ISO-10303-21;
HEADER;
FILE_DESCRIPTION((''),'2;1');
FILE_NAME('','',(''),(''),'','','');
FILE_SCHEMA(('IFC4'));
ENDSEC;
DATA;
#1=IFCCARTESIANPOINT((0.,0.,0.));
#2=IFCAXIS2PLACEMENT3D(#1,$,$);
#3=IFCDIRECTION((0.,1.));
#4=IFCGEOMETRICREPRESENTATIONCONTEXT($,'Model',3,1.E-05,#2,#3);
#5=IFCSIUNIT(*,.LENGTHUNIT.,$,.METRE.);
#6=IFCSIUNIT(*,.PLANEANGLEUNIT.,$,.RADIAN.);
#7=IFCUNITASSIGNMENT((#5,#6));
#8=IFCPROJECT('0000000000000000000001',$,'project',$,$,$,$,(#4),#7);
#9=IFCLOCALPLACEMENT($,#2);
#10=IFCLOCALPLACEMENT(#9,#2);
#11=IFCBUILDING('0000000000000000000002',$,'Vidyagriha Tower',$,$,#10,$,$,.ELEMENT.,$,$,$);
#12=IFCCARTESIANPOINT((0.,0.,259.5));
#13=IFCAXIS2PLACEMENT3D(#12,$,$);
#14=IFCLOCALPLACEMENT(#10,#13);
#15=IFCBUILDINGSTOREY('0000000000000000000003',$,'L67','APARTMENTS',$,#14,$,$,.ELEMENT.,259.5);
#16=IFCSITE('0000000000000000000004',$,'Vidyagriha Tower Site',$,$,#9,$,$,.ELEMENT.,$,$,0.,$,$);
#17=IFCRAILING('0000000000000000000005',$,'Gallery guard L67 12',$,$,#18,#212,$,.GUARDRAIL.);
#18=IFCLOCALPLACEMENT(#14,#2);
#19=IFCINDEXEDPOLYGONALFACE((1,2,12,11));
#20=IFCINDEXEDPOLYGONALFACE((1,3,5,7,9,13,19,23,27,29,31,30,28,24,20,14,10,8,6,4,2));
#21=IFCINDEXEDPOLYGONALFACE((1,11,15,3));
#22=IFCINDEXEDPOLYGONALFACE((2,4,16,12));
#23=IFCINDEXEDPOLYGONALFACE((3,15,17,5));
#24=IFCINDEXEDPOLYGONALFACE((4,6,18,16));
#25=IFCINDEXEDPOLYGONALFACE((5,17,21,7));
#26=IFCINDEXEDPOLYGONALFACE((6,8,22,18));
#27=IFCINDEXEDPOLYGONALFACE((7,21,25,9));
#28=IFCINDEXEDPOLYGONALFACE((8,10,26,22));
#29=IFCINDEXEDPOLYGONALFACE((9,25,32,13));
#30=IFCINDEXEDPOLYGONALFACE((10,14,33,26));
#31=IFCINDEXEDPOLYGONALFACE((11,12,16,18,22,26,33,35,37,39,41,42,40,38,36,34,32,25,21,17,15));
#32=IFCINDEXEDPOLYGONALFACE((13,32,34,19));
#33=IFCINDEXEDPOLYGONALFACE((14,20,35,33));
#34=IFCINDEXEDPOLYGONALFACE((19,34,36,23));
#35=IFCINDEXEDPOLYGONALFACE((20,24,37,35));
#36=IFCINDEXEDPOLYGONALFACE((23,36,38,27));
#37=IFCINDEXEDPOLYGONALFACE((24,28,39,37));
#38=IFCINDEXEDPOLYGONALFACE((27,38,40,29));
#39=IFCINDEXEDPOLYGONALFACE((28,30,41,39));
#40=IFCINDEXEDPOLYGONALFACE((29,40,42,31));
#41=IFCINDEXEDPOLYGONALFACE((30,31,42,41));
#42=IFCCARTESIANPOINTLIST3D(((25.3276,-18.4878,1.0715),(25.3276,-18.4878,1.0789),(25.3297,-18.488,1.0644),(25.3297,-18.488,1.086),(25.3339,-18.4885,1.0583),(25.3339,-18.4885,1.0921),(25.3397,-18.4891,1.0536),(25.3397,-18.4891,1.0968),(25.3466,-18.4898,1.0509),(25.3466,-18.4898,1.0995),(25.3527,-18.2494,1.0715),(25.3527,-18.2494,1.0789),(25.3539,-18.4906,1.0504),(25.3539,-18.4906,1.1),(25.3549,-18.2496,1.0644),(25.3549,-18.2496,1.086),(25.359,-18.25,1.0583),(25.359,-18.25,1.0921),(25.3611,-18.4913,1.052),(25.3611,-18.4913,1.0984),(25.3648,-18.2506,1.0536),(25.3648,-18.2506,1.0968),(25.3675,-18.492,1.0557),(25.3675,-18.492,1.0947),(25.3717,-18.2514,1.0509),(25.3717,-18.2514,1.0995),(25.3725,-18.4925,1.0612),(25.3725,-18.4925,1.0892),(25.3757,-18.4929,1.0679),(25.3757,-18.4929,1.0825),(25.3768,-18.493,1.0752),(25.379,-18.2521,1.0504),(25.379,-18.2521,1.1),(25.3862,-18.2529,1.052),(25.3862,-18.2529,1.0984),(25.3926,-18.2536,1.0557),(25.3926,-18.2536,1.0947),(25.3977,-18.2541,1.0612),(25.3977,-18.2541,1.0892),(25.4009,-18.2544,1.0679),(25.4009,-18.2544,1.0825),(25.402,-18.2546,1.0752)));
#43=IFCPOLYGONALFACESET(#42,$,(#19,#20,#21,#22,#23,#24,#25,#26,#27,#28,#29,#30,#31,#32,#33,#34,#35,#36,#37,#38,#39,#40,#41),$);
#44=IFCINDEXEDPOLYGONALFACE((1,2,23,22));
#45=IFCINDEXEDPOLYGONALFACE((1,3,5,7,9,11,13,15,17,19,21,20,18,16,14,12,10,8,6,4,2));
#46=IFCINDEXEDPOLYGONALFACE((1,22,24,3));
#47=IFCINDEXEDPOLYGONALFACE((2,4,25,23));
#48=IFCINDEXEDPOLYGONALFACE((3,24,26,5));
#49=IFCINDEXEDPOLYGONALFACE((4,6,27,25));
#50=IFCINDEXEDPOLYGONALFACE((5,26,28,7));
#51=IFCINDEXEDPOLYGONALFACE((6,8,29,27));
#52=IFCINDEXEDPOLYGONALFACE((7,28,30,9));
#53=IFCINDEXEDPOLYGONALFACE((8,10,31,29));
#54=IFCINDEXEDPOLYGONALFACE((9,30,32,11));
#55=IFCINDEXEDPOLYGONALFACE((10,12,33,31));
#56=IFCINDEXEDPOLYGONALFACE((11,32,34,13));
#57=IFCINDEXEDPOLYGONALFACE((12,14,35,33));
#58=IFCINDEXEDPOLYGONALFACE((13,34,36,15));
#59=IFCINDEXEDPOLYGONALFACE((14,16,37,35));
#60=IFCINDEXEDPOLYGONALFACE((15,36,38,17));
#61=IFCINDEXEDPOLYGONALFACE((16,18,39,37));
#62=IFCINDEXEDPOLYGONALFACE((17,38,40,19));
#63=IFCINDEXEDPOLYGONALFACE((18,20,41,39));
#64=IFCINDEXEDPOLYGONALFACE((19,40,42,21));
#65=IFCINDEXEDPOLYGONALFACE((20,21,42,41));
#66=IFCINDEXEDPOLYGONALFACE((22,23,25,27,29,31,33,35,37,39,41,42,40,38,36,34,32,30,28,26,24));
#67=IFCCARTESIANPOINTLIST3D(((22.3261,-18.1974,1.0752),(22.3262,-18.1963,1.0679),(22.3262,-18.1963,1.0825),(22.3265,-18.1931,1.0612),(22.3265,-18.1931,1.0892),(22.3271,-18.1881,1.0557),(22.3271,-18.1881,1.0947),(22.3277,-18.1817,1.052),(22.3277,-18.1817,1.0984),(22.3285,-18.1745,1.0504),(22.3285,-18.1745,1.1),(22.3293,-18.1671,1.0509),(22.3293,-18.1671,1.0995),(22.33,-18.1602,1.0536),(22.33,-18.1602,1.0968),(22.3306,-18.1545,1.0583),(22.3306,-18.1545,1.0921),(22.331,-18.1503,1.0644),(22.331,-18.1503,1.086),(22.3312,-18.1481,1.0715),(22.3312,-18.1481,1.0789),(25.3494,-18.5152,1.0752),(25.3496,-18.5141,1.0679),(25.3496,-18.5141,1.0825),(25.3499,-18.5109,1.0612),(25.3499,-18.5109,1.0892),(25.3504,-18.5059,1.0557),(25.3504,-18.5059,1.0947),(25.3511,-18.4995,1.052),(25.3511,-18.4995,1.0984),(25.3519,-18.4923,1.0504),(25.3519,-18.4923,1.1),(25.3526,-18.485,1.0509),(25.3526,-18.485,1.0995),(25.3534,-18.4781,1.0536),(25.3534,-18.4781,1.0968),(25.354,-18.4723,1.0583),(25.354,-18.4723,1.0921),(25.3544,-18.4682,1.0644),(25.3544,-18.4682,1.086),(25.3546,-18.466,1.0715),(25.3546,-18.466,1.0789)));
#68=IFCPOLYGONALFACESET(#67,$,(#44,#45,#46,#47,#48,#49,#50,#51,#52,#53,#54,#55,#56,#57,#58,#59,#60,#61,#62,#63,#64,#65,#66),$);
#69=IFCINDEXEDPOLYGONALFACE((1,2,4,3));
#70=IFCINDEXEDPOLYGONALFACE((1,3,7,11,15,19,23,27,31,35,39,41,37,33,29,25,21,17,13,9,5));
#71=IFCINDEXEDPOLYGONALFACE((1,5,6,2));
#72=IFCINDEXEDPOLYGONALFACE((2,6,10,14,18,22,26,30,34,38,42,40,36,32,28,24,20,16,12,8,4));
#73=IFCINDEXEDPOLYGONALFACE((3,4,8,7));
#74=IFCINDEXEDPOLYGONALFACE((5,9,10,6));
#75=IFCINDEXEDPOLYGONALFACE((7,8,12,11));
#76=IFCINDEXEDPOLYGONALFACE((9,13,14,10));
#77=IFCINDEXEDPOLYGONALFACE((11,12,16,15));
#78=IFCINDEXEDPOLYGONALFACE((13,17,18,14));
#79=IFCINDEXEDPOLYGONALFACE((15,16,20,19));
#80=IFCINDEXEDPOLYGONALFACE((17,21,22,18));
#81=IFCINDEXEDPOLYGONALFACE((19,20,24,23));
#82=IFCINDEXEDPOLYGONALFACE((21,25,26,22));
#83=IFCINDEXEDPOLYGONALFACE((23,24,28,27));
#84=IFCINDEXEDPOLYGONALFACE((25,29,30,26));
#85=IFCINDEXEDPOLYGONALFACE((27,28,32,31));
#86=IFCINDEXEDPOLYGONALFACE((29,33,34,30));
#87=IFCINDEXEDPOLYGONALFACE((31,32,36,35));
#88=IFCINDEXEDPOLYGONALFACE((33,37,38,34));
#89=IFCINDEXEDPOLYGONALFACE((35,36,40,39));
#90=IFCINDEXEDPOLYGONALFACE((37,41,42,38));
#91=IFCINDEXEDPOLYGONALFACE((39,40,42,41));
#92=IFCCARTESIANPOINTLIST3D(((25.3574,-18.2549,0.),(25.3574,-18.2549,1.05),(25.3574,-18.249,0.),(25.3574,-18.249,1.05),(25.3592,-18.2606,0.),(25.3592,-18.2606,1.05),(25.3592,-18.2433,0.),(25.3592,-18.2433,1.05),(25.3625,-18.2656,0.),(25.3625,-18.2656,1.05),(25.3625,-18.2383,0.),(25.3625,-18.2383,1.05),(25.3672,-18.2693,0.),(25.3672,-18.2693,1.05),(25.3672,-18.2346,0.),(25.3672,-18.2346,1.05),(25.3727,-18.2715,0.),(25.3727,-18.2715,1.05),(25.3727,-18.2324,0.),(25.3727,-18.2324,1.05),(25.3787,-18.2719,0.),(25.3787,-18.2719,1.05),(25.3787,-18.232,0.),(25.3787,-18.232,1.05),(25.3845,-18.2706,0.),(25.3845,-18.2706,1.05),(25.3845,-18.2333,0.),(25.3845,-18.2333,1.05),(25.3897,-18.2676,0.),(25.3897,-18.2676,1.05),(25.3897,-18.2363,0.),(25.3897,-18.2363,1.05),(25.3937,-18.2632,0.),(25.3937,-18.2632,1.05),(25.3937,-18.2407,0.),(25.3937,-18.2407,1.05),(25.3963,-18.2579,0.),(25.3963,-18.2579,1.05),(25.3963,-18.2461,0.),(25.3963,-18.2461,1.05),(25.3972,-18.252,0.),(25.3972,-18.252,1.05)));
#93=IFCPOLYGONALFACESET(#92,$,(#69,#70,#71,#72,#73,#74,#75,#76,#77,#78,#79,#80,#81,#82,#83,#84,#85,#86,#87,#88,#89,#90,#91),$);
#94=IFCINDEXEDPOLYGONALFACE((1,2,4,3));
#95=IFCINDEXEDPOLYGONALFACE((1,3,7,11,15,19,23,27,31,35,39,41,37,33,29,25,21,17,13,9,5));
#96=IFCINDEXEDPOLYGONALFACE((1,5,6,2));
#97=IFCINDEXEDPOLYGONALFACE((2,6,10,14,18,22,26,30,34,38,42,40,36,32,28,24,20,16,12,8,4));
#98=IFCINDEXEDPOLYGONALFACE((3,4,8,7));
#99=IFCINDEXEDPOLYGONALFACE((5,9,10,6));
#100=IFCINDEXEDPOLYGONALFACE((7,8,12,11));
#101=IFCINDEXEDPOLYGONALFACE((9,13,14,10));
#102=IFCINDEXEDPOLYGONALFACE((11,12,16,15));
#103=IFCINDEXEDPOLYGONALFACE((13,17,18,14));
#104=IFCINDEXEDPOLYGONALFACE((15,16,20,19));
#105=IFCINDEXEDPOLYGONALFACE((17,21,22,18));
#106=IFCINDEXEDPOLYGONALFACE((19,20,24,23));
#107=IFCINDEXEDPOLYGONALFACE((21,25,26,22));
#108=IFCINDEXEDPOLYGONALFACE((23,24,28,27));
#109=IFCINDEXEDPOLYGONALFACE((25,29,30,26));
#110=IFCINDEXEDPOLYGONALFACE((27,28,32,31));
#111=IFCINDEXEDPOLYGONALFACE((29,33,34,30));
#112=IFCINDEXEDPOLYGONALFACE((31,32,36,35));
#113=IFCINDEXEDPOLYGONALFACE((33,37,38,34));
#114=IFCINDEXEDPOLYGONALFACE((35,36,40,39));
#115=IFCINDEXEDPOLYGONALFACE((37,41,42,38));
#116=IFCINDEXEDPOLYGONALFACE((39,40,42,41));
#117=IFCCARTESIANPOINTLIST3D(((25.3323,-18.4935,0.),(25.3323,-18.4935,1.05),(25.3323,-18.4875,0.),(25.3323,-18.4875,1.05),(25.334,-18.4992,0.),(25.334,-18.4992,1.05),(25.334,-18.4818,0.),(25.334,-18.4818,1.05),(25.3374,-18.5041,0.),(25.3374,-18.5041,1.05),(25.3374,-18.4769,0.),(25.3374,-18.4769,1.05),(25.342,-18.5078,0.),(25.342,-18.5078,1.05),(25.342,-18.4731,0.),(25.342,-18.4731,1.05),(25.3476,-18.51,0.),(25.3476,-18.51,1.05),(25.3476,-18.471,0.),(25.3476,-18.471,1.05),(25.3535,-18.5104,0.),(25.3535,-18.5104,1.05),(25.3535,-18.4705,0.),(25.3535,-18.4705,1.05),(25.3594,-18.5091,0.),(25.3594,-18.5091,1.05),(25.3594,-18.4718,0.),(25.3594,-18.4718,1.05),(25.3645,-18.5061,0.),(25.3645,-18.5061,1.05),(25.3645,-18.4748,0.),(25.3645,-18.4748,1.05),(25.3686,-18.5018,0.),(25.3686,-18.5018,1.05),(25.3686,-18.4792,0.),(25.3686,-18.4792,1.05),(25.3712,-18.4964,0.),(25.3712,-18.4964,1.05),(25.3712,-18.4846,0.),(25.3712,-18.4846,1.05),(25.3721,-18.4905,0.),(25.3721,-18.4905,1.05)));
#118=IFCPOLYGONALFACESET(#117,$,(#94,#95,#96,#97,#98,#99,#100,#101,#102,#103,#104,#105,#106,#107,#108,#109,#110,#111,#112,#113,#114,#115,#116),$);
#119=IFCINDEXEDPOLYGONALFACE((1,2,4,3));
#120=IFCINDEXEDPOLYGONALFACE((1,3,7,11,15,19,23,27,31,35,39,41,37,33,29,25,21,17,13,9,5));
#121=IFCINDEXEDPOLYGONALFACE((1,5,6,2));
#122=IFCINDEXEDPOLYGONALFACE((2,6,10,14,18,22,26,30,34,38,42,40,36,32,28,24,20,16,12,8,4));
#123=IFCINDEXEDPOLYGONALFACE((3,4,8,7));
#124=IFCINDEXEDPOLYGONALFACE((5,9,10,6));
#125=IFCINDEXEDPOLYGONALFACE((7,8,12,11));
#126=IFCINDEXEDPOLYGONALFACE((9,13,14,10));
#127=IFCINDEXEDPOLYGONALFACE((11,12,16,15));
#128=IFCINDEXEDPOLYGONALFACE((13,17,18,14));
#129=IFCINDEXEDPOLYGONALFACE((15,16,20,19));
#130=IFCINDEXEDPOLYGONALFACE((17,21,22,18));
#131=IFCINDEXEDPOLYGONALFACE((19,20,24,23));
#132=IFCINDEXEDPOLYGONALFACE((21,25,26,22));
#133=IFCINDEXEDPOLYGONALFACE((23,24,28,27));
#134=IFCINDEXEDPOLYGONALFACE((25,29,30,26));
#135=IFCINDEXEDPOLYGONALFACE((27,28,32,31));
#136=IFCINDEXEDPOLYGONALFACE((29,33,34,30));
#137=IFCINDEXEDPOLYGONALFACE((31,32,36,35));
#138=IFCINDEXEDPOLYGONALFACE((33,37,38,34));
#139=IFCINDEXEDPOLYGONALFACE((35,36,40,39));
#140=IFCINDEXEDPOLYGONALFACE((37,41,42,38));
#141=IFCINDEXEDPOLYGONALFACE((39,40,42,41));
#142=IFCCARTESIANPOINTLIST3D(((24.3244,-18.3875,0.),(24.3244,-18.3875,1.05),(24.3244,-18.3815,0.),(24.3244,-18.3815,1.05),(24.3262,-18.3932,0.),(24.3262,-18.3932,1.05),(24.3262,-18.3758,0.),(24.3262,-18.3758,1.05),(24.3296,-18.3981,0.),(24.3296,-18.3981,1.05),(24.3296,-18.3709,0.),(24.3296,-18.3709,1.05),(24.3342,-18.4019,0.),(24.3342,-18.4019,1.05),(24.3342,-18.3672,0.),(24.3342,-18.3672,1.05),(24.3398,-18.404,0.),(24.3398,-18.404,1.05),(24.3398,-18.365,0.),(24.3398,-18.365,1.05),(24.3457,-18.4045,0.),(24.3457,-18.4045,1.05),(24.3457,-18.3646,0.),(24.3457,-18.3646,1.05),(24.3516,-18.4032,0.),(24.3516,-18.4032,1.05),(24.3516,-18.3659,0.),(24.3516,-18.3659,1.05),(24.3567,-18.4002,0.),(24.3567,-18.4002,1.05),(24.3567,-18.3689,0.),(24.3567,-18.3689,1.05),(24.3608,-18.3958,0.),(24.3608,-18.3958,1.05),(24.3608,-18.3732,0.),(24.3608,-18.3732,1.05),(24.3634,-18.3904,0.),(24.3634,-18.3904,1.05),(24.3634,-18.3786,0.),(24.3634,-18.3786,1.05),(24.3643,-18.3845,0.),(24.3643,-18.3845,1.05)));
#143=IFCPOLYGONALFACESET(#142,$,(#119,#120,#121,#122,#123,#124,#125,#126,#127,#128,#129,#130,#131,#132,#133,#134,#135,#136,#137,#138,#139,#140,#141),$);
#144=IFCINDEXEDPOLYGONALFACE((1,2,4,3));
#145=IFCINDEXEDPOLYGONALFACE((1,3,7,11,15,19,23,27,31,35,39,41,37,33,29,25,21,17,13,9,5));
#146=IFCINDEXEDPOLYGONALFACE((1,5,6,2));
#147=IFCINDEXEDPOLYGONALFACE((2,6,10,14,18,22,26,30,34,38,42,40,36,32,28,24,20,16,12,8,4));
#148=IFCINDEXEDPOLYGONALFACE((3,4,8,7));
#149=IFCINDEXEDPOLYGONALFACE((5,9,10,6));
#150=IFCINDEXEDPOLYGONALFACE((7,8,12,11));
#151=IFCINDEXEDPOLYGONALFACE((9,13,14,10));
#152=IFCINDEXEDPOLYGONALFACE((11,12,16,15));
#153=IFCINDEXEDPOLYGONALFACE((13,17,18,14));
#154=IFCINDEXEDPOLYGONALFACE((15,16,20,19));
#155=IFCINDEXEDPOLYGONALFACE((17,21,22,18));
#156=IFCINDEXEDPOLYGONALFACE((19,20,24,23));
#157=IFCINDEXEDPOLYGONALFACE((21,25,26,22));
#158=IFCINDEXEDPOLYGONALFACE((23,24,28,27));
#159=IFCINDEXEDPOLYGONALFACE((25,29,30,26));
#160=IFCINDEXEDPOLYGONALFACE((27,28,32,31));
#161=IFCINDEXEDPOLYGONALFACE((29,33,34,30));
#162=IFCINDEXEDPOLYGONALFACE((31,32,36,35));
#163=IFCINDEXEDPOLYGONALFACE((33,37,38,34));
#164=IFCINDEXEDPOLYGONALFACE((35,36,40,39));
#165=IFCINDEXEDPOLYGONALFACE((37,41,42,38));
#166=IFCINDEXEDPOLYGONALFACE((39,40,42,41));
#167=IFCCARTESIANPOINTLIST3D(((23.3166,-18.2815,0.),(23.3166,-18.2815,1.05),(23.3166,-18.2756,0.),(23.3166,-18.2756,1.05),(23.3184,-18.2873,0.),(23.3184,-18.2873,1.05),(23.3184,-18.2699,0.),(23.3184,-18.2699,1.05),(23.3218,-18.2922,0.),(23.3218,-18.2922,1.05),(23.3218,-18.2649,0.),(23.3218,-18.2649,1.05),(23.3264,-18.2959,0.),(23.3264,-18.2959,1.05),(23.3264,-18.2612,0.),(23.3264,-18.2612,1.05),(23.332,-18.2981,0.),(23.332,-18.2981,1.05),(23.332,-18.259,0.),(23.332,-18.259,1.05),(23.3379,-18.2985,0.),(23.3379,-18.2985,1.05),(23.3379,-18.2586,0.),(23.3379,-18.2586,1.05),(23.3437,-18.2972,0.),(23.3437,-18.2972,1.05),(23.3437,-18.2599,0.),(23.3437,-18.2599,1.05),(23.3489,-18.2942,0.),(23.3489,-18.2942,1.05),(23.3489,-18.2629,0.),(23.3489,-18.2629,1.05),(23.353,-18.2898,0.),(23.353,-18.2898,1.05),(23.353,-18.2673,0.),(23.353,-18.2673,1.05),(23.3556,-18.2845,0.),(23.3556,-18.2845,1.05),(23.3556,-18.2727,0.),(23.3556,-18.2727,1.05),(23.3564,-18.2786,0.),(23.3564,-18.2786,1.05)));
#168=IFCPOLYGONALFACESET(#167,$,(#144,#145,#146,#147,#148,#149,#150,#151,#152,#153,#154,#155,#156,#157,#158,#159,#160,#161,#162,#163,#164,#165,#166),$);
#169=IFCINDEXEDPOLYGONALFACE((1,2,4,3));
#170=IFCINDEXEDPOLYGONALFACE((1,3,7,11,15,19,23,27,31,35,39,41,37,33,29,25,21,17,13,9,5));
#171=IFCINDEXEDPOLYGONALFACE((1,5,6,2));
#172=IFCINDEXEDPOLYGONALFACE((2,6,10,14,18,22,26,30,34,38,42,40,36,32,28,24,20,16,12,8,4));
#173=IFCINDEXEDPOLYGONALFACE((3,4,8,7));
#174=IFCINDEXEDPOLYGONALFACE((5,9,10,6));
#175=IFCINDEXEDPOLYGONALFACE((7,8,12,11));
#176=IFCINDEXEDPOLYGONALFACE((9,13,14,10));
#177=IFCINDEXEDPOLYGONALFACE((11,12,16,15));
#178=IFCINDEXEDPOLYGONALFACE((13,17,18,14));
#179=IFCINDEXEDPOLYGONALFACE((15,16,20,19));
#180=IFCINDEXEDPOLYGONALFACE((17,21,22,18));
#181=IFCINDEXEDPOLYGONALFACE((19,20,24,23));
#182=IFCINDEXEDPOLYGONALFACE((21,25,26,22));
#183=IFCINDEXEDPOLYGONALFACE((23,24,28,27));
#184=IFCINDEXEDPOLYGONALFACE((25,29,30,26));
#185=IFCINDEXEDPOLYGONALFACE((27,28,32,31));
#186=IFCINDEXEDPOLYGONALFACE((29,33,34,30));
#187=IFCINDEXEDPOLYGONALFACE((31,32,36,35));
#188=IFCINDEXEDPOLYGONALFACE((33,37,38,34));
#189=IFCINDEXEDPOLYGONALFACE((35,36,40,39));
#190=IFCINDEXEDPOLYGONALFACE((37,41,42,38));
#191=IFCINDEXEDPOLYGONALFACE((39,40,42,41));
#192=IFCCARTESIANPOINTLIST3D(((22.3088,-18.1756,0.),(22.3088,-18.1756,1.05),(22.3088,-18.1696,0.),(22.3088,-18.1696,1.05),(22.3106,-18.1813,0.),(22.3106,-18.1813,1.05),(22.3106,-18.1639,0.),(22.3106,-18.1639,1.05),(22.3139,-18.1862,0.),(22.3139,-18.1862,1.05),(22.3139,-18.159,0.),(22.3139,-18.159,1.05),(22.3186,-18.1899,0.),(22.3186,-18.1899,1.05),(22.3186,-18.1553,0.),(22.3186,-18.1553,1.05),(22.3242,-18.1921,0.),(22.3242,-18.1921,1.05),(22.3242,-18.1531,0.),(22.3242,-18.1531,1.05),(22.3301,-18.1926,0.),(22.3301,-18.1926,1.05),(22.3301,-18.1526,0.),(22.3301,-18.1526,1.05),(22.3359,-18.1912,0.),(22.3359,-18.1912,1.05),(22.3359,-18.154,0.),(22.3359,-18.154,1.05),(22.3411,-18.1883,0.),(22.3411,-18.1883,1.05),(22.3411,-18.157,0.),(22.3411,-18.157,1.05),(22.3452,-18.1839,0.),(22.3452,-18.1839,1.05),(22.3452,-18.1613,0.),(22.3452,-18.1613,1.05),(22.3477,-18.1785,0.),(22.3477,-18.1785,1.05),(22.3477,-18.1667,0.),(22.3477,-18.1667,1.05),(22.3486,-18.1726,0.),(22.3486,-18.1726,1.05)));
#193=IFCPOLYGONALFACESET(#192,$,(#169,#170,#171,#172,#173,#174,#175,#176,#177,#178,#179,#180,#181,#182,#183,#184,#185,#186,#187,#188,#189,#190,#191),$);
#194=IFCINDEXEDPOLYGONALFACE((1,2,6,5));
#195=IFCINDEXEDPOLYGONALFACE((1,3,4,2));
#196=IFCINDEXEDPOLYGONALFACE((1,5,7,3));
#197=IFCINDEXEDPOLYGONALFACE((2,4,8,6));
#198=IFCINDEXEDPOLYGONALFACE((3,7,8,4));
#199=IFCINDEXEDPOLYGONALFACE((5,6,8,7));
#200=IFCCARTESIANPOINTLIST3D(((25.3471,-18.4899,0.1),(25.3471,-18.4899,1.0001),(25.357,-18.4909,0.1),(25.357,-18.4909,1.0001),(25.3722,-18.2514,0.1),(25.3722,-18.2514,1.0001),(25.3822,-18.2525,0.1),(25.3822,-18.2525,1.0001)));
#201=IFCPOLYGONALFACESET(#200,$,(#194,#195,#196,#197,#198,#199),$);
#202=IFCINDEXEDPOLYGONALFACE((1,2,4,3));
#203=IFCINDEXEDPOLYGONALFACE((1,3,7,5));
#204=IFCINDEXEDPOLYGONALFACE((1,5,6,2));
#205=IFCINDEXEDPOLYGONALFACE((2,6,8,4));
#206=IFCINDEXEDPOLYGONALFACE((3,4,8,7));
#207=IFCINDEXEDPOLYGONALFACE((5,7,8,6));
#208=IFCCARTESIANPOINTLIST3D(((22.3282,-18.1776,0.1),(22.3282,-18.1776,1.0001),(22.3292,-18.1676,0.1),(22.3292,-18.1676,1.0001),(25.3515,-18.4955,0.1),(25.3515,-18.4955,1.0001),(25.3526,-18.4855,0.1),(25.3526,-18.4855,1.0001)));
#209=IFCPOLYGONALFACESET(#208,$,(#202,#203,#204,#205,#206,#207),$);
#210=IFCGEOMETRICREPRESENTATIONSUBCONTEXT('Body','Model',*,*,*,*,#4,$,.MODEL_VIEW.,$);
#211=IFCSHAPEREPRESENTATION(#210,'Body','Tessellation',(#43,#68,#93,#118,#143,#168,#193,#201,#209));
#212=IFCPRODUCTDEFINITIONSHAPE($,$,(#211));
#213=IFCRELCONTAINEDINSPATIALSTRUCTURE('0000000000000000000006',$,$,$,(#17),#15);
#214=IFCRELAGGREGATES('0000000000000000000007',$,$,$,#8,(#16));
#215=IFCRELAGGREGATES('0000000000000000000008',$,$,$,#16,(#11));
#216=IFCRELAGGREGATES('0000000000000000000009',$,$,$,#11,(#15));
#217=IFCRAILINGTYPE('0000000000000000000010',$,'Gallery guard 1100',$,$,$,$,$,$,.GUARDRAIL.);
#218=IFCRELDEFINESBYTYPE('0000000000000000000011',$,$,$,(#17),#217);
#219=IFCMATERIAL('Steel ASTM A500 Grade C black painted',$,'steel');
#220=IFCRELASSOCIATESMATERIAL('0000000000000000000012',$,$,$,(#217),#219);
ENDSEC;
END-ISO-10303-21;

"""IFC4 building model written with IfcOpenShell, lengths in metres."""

from ifc_helpers import new_model, si_unit, direction, frame, origin, origin_2d, place, context, subcontext, project, spatial, rectangle, circle, extrude, material, type_object, element, save


model = new_model("IFC4")

# Units and contexts
model_context = context("Model", 3, precision=1e-05, world=origin(), true_north=direction((0.0, 1.0)))
body_context = subcontext(model_context, "Body", "Model", "MODEL_VIEW")
ifc_project = project(units=[si_unit("LENGTHUNIT", "METRE"), si_unit("PLANEANGLEUNIT", "RADIAN")], contexts=[model_context])

# Site, building, storey
site_placement = place(None, origin())
site = spatial("IfcSite", under=ifc_project, at=site_placement, Name="Vidyagriha Tower Site", CompositionType="ELEMENT", RefElevation=0.0)
building_placement = place(site_placement, origin())
building = spatial("IfcBuilding", under=site, at=building_placement, Name="Vidyagriha Tower", CompositionType="ELEMENT")
storey_placement = place(building_placement, frame((0.0, 0.0, 259.5)))
storey = spatial("IfcBuildingStorey", under=building, at=storey_placement, Name="L67", Description="APARTMENTS", CompositionType="ELEMENT", Elevation=259.5)

# Railing
ifc_material_1 = material(Name="Steel ASTM A500 Grade C black painted", Category="steel")
railing_type_1 = type_object("IfcRailingType", Name="Gallery guard 1100", PredefinedType="GUARDRAIL", material=ifc_material_1)
railing_1_placement = place(storey_placement, frame((25.3772, -18.252, 0.0)))
element("IfcRailing", 1, at=railing_1_placement, inside=storey, type_object=railing_type_1, Name="Gallery guard L67 12", PredefinedType="GUARDRAIL", context=body_context, shape_type="SweptSolid", body=[
    extrude(circle(Radius=0.0249, at=origin_2d()), frame((0.0, 0.0, 1.0752), z_axis=(-0.104844, -0.994489, 0.0), x_axis=(0.994489, -0.104844, 0.0)), (0.0, 0.0, 1.0), 0.2397),
    extrude(circle(Radius=0.0249, at=origin_2d()), frame((-0.0251, -0.2385, 1.0752), z_axis=(-0.994519, 0.104559, 0.0), x_axis=(-0.104559, -0.994519, 0.0)), (0.0, 0.0, 1.0), 3.04),
    extrude(circle(Radius=0.02, at=origin_2d()), origin(), (0.0, 0.0, 1.0), 1.05),
    extrude(circle(Radius=0.02, at=origin_2d()), frame((-0.0251, -0.2385, 0.0)), (0.0, 0.0, 1.0), 1.05),
    extrude(circle(Radius=0.02, at=origin_2d()), frame((-1.033, -0.1326, 0.0)), (0.0, 0.0, 1.0), 1.05),
    extrude(circle(Radius=0.02, at=origin_2d()), frame((-2.0408, -0.0266, 0.0)), (0.0, 0.0, 1.0), 1.05),
    extrude(circle(Radius=0.02, at=origin_2d()), frame((-3.0486, 0.0793, 0.0)), (0.0, 0.0, 1.0), 1.05),
    extrude(rectangle(XDim=0.01, YDim=0.9001, at=origin_2d()), frame((0.0, 0.0, 0.55), z_axis=(-0.104844, -0.994489, 0.0), x_axis=(0.994489, -0.104844, 0.0)), (0.0, 0.0, 1.0), 0.2397),
    extrude(rectangle(XDim=0.01, YDim=0.9001, at=origin_2d()), frame((-0.0251, -0.2385, 0.55), z_axis=(-0.994519, 0.104559, 0.0), x_axis=(-0.104559, -0.994519, 0.0)), (0.0, 0.0, 1.0), 3.04),
])

save(model, "model.ifc")
